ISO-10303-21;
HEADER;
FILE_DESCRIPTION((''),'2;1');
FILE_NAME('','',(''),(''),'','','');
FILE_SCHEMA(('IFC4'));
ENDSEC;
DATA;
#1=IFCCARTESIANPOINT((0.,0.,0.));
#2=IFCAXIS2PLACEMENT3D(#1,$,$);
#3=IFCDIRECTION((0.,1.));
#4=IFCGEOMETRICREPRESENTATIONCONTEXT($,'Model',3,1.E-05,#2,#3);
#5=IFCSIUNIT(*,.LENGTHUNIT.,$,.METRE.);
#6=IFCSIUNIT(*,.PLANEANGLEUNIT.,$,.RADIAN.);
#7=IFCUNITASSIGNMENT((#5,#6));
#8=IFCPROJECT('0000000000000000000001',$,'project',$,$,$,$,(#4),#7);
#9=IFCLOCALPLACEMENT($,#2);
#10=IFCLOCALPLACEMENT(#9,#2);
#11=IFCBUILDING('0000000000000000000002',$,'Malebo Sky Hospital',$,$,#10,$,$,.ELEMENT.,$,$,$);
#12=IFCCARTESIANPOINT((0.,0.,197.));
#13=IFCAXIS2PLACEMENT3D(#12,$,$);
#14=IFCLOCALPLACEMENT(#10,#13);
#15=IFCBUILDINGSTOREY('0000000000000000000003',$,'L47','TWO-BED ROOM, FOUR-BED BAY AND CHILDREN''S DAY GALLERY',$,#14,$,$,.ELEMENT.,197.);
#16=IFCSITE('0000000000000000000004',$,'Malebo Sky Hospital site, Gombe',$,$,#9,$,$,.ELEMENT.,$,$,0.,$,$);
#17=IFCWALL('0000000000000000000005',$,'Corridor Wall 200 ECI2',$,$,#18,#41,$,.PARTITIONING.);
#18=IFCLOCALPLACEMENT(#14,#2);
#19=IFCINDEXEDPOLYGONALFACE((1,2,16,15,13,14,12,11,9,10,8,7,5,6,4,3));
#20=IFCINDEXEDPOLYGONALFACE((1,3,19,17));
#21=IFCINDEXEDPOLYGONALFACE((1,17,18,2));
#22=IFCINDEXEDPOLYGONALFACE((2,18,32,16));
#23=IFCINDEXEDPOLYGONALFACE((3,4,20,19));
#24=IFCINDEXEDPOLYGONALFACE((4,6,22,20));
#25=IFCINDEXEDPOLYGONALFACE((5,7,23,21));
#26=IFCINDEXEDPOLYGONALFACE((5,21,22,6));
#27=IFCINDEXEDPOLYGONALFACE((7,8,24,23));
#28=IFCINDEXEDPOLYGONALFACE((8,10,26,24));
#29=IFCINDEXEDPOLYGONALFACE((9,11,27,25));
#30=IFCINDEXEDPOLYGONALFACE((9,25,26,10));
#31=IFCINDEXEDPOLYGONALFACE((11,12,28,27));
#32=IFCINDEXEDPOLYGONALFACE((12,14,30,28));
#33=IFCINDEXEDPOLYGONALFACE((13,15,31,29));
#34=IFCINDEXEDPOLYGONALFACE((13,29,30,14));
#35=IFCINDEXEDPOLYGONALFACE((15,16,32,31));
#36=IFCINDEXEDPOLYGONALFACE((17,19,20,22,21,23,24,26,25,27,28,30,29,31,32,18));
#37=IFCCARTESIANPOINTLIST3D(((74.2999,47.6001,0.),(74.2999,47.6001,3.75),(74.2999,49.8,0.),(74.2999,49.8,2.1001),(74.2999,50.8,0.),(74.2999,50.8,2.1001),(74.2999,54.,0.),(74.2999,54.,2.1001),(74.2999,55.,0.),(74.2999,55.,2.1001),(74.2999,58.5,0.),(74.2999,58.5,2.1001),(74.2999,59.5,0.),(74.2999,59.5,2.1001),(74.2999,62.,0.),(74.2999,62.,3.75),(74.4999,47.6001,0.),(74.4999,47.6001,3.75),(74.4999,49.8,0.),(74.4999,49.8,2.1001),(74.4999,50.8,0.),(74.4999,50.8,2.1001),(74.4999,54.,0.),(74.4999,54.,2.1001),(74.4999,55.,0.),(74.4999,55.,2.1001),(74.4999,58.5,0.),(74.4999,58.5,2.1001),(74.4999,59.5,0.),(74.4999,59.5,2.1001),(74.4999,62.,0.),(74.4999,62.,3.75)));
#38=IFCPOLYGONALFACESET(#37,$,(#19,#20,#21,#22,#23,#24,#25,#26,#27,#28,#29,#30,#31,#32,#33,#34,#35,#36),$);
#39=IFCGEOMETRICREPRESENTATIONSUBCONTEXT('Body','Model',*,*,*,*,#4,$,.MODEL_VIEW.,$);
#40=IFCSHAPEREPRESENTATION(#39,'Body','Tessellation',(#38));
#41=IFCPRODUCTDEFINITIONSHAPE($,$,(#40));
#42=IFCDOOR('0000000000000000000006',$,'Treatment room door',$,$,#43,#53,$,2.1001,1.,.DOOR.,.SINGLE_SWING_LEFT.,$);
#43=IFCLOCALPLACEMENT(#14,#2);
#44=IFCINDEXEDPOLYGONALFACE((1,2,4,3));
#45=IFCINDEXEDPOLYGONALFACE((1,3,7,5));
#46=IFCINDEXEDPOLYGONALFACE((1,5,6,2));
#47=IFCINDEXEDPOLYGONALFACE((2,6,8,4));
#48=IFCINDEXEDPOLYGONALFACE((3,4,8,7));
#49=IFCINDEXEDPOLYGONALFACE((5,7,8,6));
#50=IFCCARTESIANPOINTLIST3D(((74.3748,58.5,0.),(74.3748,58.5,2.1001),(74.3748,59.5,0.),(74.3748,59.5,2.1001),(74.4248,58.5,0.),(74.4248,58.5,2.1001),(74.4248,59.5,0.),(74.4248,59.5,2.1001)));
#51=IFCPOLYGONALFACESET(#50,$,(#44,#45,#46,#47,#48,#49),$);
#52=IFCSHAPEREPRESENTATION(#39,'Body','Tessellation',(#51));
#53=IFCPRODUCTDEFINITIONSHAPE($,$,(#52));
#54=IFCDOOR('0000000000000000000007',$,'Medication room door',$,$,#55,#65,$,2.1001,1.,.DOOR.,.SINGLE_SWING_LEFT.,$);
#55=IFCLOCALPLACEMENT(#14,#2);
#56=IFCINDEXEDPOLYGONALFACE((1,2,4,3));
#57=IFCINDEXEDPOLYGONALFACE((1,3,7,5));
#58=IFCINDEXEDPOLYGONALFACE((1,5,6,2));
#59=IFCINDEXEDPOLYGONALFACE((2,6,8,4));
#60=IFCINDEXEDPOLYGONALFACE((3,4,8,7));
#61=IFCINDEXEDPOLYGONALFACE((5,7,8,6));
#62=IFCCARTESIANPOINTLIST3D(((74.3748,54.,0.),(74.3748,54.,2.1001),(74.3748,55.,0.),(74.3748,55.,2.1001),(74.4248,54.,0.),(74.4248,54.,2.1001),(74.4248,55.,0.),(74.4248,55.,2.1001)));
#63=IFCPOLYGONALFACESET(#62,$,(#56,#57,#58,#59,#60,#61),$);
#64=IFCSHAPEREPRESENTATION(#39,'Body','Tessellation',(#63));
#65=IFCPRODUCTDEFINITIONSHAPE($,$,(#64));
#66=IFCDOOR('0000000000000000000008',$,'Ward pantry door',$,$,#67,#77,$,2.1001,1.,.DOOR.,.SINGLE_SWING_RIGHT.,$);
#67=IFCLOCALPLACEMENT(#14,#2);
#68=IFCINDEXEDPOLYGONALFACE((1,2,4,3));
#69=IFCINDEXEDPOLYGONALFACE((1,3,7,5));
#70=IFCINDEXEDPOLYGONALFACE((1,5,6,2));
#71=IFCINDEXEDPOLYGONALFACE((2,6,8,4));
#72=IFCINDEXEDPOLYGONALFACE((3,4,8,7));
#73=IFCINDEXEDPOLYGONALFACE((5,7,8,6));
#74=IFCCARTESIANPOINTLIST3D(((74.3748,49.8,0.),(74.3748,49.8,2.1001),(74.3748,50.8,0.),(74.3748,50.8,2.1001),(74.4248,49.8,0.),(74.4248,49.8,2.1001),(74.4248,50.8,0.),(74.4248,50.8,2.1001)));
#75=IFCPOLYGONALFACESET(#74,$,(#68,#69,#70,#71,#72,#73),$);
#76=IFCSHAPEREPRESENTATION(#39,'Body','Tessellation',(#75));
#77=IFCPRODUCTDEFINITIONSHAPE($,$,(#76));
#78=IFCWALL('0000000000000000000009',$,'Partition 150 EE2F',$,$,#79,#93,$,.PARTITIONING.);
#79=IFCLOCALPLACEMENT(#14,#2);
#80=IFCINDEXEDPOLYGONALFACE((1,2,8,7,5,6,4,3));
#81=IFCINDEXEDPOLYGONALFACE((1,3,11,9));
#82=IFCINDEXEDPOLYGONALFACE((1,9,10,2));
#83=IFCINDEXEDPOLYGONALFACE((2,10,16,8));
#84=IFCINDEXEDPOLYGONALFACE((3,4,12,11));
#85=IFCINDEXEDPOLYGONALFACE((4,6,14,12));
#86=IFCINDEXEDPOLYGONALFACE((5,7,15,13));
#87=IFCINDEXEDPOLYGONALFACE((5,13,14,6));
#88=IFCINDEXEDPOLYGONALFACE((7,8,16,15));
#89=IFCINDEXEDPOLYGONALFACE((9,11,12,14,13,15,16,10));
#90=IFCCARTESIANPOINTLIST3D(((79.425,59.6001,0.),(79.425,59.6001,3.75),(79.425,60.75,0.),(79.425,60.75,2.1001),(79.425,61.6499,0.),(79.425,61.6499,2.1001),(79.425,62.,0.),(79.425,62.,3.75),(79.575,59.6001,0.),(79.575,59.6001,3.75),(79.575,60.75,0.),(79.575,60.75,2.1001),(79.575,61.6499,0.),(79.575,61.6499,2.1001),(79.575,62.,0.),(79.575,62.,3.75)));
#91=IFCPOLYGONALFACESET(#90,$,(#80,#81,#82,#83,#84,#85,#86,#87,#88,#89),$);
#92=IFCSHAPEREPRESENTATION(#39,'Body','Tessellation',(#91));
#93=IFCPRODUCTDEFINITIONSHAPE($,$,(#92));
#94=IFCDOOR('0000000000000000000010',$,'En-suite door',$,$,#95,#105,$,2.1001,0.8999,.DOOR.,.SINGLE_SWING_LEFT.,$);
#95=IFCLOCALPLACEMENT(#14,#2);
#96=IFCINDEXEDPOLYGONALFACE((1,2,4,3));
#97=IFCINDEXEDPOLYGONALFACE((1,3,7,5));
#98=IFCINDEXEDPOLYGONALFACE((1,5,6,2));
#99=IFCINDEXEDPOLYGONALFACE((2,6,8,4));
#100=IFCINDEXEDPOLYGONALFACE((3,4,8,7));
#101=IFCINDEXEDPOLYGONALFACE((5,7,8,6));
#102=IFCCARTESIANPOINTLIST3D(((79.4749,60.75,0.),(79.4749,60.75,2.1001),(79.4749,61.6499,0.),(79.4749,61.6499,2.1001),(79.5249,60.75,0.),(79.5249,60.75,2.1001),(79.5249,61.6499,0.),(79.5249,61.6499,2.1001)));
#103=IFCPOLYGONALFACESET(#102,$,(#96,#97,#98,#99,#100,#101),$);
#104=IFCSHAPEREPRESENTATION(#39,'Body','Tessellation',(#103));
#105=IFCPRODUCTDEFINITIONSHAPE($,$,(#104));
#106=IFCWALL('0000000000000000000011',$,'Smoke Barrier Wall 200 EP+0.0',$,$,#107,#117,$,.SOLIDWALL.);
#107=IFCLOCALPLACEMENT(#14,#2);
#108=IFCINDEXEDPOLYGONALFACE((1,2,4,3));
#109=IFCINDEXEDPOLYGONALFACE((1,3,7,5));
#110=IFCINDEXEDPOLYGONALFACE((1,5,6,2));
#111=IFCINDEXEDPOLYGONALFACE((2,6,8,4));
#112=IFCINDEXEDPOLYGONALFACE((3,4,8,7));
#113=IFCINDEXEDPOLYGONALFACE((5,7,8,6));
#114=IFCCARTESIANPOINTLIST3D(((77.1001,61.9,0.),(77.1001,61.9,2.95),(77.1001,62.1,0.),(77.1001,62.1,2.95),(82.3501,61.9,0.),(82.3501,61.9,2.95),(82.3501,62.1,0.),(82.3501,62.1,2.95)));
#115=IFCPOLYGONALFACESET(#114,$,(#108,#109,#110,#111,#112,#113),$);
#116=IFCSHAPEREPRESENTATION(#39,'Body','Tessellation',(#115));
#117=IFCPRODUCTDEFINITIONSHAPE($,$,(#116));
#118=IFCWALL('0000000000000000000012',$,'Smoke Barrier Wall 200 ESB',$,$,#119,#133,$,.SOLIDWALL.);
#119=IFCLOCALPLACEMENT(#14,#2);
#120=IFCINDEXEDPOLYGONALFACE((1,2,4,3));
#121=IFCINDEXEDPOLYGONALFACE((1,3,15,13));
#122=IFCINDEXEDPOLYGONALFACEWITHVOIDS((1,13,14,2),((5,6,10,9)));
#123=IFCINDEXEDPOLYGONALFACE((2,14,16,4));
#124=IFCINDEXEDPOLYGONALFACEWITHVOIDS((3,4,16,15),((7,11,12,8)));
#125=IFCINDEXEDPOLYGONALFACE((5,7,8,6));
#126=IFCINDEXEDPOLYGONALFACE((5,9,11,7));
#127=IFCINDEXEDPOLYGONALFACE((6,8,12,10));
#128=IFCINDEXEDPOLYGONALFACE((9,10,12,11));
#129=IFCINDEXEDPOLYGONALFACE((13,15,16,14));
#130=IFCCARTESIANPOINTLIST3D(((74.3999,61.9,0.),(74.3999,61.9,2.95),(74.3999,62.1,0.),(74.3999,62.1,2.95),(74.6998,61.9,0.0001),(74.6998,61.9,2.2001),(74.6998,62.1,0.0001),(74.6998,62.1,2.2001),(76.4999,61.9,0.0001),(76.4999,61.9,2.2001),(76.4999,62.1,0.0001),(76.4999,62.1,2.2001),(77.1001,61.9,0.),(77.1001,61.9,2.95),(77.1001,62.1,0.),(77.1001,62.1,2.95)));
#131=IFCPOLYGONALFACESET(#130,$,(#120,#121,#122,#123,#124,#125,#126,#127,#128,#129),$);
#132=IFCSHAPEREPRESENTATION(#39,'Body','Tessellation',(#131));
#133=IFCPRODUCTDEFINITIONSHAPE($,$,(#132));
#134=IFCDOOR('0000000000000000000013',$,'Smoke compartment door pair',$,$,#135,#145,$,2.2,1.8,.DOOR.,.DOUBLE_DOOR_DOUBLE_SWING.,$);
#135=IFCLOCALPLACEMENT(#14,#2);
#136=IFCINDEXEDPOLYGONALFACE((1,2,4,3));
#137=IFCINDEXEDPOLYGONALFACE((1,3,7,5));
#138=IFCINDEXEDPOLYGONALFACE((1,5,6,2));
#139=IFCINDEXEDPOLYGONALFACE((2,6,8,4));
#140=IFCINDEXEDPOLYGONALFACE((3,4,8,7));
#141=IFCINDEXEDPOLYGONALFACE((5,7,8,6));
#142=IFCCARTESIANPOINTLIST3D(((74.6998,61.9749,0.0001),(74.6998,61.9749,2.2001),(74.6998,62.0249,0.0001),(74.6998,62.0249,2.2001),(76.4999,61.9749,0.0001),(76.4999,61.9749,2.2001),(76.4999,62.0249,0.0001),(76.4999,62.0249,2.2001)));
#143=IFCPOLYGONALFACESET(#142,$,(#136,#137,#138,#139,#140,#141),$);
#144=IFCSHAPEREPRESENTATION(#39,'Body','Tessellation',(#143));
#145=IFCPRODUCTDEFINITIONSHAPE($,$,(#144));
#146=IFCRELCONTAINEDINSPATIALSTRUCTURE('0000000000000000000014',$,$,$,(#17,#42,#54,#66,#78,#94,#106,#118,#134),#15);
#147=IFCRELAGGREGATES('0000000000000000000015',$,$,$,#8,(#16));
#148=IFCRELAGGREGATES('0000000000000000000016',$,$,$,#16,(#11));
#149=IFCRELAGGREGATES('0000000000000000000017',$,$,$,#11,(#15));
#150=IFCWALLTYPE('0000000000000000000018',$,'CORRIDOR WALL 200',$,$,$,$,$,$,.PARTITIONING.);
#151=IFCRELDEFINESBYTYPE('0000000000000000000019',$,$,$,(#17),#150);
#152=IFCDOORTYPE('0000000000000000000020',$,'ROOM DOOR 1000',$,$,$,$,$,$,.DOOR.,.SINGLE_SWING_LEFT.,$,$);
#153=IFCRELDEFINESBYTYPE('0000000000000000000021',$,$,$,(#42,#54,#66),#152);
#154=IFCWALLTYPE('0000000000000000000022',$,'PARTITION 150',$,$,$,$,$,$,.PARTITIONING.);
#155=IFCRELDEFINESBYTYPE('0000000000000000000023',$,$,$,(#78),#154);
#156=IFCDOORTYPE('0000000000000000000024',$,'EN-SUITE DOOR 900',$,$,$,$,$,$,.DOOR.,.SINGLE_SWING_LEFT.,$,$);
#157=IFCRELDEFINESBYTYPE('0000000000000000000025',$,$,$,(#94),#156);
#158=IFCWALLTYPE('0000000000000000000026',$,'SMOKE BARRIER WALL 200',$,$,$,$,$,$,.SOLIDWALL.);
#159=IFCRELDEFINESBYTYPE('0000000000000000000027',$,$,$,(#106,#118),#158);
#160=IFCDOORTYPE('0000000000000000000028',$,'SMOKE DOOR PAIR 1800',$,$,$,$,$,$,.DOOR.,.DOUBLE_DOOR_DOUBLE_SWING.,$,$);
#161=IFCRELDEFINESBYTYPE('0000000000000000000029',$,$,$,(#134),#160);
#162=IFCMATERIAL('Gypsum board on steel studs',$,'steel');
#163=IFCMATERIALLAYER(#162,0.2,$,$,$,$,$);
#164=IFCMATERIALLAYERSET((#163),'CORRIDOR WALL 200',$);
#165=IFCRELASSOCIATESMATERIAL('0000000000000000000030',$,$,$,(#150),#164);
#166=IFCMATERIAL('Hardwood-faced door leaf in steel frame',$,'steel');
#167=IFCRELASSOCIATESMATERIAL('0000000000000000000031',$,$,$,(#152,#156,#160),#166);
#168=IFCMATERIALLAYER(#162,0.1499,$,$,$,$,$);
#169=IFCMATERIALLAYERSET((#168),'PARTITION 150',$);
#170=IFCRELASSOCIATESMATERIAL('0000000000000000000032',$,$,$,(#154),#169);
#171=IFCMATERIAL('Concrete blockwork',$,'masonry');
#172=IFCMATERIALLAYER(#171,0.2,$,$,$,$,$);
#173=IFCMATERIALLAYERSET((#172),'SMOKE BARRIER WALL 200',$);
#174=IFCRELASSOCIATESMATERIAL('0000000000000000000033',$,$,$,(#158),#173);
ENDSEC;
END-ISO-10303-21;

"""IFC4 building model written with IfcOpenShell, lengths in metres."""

from ifc_helpers import new_model, si_unit, direction, frame, frame_2d, origin, place, context, subcontext, project, spatial, rectangle, extrude, material, layer, layer_set, type_object, element, fill, save


model = new_model("IFC4")

# Units and contexts
model_context = context("Model", 3, precision=1e-05, world=origin(), true_north=direction((0.0, 1.0)))
body_context = subcontext(model_context, "Body", "Model", "MODEL_VIEW")
ifc_project = project(units=[si_unit("LENGTHUNIT", "METRE"), si_unit("PLANEANGLEUNIT", "RADIAN")], contexts=[model_context])

# Site, building, storey
site_placement = place(None, origin())
site = spatial("IfcSite", under=ifc_project, at=site_placement, Name="Malebo Sky Hospital site, Gombe", CompositionType="ELEMENT", RefElevation=0.0)
building_placement = place(site_placement, origin())
building = spatial("IfcBuilding", under=site, at=building_placement, Name="Malebo Sky Hospital", CompositionType="ELEMENT")
storey_placement = place(building_placement, frame((0.0, 0.0, 197.0)))
storey = spatial("IfcBuildingStorey", under=building, at=storey_placement, Name="L47", Description="TWO-BED ROOM, FOUR-BED BAY AND CHILDREN'S DAY GALLERY", CompositionType="ELEMENT", Elevation=197.0)

# Wall, openings, doors
ifc_material_1 = material(Name="Gypsum board on steel studs", Category="steel")
ifc_layer_1 = layer(ifc_material_1, 0.2)
ifc_layer_set_1 = layer_set([ifc_layer_1], Name="CORRIDOR WALL 200")
wall_type_1 = type_object("IfcWallType", Name="CORRIDOR WALL 200", PredefinedType="PARTITIONING", material=ifc_layer_set_1)
wall_1_placement = place(storey_placement, frame((74.3999, 62.0, 0.0), z_axis=(0.0, 0.0, 1.0), x_axis=(0.0, -1.0, 0.0)))
wall_1 = element("IfcWall", 1, at=wall_1_placement, inside=storey, type_object=wall_type_1, Name="Corridor Wall 200 ECI2", PredefinedType="PARTITIONING", context=body_context, shape_type="SweptSolid", body=[
    extrude(rectangle(XDim=14.3999, YDim=0.2, at=frame_2d((7.2, 0.0))), origin(), (0.0, 0.0, 1.0), 3.75),
])
opening_1_placement = place(wall_1_placement, frame((2.5, 0.0, 0.0)))
opening_1 = element("IfcOpeningElement", 2, at=opening_1_placement, cuts=wall_1, PredefinedType="OPENING", context=body_context, shape_type="SweptSolid", body=[
    extrude(rectangle(XDim=1.0, YDim=2.1001, at=frame_2d((0.5, 1.05))), frame((0.0, 0.1099, 0.0), z_axis=(0.0, -1.0, 0.0), x_axis=(1.0, 0.0, 0.0)), (0.0, 0.0, 1.0), 0.22),
])
opening_2_placement = place(wall_1_placement, frame((7.0, 0.0, 0.0)))
opening_2 = element("IfcOpeningElement", 3, at=opening_2_placement, cuts=wall_1, PredefinedType="OPENING", context=body_context, shape_type="SweptSolid", body=[
    extrude(rectangle(XDim=1.0, YDim=2.1001, at=frame_2d((0.5, 1.05))), frame((0.0, 0.1099, 0.0), z_axis=(0.0, -1.0, 0.0), x_axis=(1.0, 0.0, 0.0)), (0.0, 0.0, 1.0), 0.22),
])
opening_3_placement = place(wall_1_placement, frame((11.2, 0.0, 0.0)))
opening_3 = element("IfcOpeningElement", 4, at=opening_3_placement, cuts=wall_1, PredefinedType="OPENING", context=body_context, shape_type="SweptSolid", body=[
    extrude(rectangle(XDim=1.0, YDim=2.1001, at=frame_2d((0.5, 1.05))), frame((0.0, 0.1099, 0.0), z_axis=(0.0, -1.0, 0.0), x_axis=(1.0, 0.0, 0.0)), (0.0, 0.0, 1.0), 0.22),
])
ifc_material_2 = material(Name="Hardwood-faced door leaf in steel frame", Category="steel")
door_type_1 = type_object("IfcDoorType", Name="ROOM DOOR 1000", OperationType="SINGLE_SWING_LEFT", PredefinedType="DOOR", material=ifc_material_2)
door_1_placement = place(opening_1_placement, origin())
door_1 = element("IfcDoor", 5, at=door_1_placement, inside=storey, type_object=door_type_1, Name="Treatment room door", OperationType="SINGLE_SWING_LEFT", OverallHeight=2.1001, OverallWidth=1.0, PredefinedType="DOOR", context=body_context, shape_type="SweptSolid", body=[
    extrude(rectangle(XDim=1.0, YDim=2.1001, at=frame_2d((0.5, 1.05))), frame((0.0, 0.0249, 0.0), z_axis=(0.0, -1.0, 0.0), x_axis=(1.0, 0.0, 0.0)), (0.0, 0.0, 1.0), 0.05),
])
fill(opening_1, door_1)
door_2_placement = place(opening_2_placement, origin())
door_2 = element("IfcDoor", 6, at=door_2_placement, inside=storey, type_object=door_type_1, Name="Medication room door", OperationType="SINGLE_SWING_LEFT", OverallHeight=2.1001, OverallWidth=1.0, PredefinedType="DOOR", context=body_context, shape_type="SweptSolid", body=[
    extrude(rectangle(XDim=1.0, YDim=2.1001, at=frame_2d((0.5, 1.05))), frame((0.0, 0.0249, 0.0), z_axis=(0.0, -1.0, 0.0), x_axis=(1.0, 0.0, 0.0)), (0.0, 0.0, 1.0), 0.05),
])
fill(opening_2, door_2)
door_3_placement = place(opening_3_placement, origin())
door_3 = element("IfcDoor", 7, at=door_3_placement, inside=storey, type_object=door_type_1, Name="Ward pantry door", OperationType="SINGLE_SWING_RIGHT", OverallHeight=2.1001, OverallWidth=1.0, PredefinedType="DOOR", context=body_context, shape_type="SweptSolid", body=[
    extrude(rectangle(XDim=1.0, YDim=2.1001, at=frame_2d((0.5, 1.05))), frame((0.0, 0.0249, 0.0), z_axis=(0.0, -1.0, 0.0), x_axis=(1.0, 0.0, 0.0)), (0.0, 0.0, 1.0), 0.05),
])
fill(opening_3, door_3)

# Wall, opening, door
ifc_layer_2 = layer(ifc_material_1, 0.1499)
ifc_layer_set_2 = layer_set([ifc_layer_2], Name="PARTITION 150")
wall_type_2 = type_object("IfcWallType", Name="PARTITION 150", PredefinedType="PARTITIONING", material=ifc_layer_set_2)
wall_2_placement = place(storey_placement, frame((79.5, 62.0, 0.0), z_axis=(0.0, 0.0, 1.0), x_axis=(0.0, -1.0, 0.0)))
wall_2 = element("IfcWall", 8, at=wall_2_placement, inside=storey, type_object=wall_type_2, Name="Partition 150 EE2F", PredefinedType="PARTITIONING", context=body_context, shape_type="SweptSolid", body=[
    extrude(rectangle(XDim=2.3999, YDim=0.1499, at=frame_2d((1.2, 0.0))), origin(), (0.0, 0.0, 1.0), 3.75),
])
opening_4_placement = place(wall_2_placement, frame((0.3501, 0.0, 0.0)))
opening_4 = element("IfcOpeningElement", 9, at=opening_4_placement, cuts=wall_2, PredefinedType="OPENING", context=body_context, shape_type="SweptSolid", body=[
    extrude(rectangle(XDim=0.8999, YDim=2.1001, at=frame_2d((0.45, 1.05))), frame((0.0, 0.085, 0.0), z_axis=(0.0, -1.0, 0.0), x_axis=(1.0, 0.0, 0.0)), (0.0, 0.0, 1.0), 0.1699),
])
door_type_2 = type_object("IfcDoorType", Name="EN-SUITE DOOR 900", OperationType="SINGLE_SWING_LEFT", PredefinedType="DOOR", material=ifc_material_2)
door_4_placement = place(opening_4_placement, origin())
door_4 = element("IfcDoor", 10, at=door_4_placement, inside=storey, type_object=door_type_2, Name="En-suite door", OperationType="SINGLE_SWING_LEFT", OverallHeight=2.1001, OverallWidth=0.8999, PredefinedType="DOOR", context=body_context, shape_type="SweptSolid", body=[
    extrude(rectangle(XDim=0.8999, YDim=2.1001, at=frame_2d((0.45, 1.05))), frame((0.0, 0.0249, 0.0), z_axis=(0.0, -1.0, 0.0), x_axis=(1.0, 0.0, 0.0)), (0.0, 0.0, 1.0), 0.05),
])
fill(opening_4, door_4)

# Wall
ifc_material_3 = material(Name="Concrete blockwork", Category="masonry")
ifc_layer_3 = layer(ifc_material_3, 0.2)
ifc_layer_set_3 = layer_set([ifc_layer_3], Name="SMOKE BARRIER WALL 200")
wall_type_3 = type_object("IfcWallType", Name="SMOKE BARRIER WALL 200", PredefinedType="SOLIDWALL", material=ifc_layer_set_3)
wall_3_placement = place(storey_placement, frame((77.1001, 62.0, 0.0), z_axis=(0.0, 0.0, 1.0), x_axis=(1.0, 0.0, 0.0)))
element("IfcWall", 11, at=wall_3_placement, inside=storey, type_object=wall_type_3, Name="Smoke Barrier Wall 200 EP+0.0", PredefinedType="SOLIDWALL", context=body_context, shape_type="SweptSolid", body=[
    extrude(rectangle(XDim=5.25, YDim=0.2, at=frame_2d((2.625, 0.0))), origin(), (0.0, 0.0, 1.0), 2.95),
])

# Wall, opening, door
wall_4_placement = place(storey_placement, frame((74.3999, 62.0, 0.0), z_axis=(0.0, 0.0, 1.0), x_axis=(1.0, 0.0, 0.0)))
wall_4 = element("IfcWall", 12, at=wall_4_placement, inside=storey, type_object=wall_type_3, Name="Smoke Barrier Wall 200 ESB", PredefinedType="SOLIDWALL", context=body_context, shape_type="SweptSolid", body=[
    extrude(rectangle(XDim=2.7002, YDim=0.2, at=frame_2d((1.3501, 0.0))), origin(), (0.0, 0.0, 1.0), 2.95),
])
opening_5_placement = place(wall_4_placement, frame((0.3, 0.0, 0.0)))
opening_5 = element("IfcOpeningElement", 13, at=opening_5_placement, cuts=wall_4, PredefinedType="OPENING", context=body_context, shape_type="SweptSolid", body=[
    extrude(rectangle(XDim=1.8, YDim=2.2, at=frame_2d((0.8999, 1.1001))), frame((0.0, 0.1099, 0.0), z_axis=(0.0, -1.0, 0.0), x_axis=(1.0, 0.0, 0.0)), (0.0, 0.0, 1.0), 0.22),
])
door_type_3 = type_object("IfcDoorType", Name="SMOKE DOOR PAIR 1800", OperationType="DOUBLE_DOOR_DOUBLE_SWING", PredefinedType="DOOR", material=ifc_material_2)
door_5_placement = place(opening_5_placement, origin())
door_5 = element("IfcDoor", 14, at=door_5_placement, inside=storey, type_object=door_type_3, Name="Smoke compartment door pair", OperationType="DOUBLE_DOOR_DOUBLE_SWING", OverallHeight=2.2, OverallWidth=1.8, PredefinedType="DOOR", context=body_context, shape_type="SweptSolid", body=[
    extrude(rectangle(XDim=1.8, YDim=2.2, at=frame_2d((0.8999, 1.1001))), frame((0.0, 0.0249, 0.0), z_axis=(0.0, -1.0, 0.0), x_axis=(1.0, 0.0, 0.0)), (0.0, 0.0, 1.0), 0.05),
])
fill(opening_5, door_5)

save(model, "model.ifc")
